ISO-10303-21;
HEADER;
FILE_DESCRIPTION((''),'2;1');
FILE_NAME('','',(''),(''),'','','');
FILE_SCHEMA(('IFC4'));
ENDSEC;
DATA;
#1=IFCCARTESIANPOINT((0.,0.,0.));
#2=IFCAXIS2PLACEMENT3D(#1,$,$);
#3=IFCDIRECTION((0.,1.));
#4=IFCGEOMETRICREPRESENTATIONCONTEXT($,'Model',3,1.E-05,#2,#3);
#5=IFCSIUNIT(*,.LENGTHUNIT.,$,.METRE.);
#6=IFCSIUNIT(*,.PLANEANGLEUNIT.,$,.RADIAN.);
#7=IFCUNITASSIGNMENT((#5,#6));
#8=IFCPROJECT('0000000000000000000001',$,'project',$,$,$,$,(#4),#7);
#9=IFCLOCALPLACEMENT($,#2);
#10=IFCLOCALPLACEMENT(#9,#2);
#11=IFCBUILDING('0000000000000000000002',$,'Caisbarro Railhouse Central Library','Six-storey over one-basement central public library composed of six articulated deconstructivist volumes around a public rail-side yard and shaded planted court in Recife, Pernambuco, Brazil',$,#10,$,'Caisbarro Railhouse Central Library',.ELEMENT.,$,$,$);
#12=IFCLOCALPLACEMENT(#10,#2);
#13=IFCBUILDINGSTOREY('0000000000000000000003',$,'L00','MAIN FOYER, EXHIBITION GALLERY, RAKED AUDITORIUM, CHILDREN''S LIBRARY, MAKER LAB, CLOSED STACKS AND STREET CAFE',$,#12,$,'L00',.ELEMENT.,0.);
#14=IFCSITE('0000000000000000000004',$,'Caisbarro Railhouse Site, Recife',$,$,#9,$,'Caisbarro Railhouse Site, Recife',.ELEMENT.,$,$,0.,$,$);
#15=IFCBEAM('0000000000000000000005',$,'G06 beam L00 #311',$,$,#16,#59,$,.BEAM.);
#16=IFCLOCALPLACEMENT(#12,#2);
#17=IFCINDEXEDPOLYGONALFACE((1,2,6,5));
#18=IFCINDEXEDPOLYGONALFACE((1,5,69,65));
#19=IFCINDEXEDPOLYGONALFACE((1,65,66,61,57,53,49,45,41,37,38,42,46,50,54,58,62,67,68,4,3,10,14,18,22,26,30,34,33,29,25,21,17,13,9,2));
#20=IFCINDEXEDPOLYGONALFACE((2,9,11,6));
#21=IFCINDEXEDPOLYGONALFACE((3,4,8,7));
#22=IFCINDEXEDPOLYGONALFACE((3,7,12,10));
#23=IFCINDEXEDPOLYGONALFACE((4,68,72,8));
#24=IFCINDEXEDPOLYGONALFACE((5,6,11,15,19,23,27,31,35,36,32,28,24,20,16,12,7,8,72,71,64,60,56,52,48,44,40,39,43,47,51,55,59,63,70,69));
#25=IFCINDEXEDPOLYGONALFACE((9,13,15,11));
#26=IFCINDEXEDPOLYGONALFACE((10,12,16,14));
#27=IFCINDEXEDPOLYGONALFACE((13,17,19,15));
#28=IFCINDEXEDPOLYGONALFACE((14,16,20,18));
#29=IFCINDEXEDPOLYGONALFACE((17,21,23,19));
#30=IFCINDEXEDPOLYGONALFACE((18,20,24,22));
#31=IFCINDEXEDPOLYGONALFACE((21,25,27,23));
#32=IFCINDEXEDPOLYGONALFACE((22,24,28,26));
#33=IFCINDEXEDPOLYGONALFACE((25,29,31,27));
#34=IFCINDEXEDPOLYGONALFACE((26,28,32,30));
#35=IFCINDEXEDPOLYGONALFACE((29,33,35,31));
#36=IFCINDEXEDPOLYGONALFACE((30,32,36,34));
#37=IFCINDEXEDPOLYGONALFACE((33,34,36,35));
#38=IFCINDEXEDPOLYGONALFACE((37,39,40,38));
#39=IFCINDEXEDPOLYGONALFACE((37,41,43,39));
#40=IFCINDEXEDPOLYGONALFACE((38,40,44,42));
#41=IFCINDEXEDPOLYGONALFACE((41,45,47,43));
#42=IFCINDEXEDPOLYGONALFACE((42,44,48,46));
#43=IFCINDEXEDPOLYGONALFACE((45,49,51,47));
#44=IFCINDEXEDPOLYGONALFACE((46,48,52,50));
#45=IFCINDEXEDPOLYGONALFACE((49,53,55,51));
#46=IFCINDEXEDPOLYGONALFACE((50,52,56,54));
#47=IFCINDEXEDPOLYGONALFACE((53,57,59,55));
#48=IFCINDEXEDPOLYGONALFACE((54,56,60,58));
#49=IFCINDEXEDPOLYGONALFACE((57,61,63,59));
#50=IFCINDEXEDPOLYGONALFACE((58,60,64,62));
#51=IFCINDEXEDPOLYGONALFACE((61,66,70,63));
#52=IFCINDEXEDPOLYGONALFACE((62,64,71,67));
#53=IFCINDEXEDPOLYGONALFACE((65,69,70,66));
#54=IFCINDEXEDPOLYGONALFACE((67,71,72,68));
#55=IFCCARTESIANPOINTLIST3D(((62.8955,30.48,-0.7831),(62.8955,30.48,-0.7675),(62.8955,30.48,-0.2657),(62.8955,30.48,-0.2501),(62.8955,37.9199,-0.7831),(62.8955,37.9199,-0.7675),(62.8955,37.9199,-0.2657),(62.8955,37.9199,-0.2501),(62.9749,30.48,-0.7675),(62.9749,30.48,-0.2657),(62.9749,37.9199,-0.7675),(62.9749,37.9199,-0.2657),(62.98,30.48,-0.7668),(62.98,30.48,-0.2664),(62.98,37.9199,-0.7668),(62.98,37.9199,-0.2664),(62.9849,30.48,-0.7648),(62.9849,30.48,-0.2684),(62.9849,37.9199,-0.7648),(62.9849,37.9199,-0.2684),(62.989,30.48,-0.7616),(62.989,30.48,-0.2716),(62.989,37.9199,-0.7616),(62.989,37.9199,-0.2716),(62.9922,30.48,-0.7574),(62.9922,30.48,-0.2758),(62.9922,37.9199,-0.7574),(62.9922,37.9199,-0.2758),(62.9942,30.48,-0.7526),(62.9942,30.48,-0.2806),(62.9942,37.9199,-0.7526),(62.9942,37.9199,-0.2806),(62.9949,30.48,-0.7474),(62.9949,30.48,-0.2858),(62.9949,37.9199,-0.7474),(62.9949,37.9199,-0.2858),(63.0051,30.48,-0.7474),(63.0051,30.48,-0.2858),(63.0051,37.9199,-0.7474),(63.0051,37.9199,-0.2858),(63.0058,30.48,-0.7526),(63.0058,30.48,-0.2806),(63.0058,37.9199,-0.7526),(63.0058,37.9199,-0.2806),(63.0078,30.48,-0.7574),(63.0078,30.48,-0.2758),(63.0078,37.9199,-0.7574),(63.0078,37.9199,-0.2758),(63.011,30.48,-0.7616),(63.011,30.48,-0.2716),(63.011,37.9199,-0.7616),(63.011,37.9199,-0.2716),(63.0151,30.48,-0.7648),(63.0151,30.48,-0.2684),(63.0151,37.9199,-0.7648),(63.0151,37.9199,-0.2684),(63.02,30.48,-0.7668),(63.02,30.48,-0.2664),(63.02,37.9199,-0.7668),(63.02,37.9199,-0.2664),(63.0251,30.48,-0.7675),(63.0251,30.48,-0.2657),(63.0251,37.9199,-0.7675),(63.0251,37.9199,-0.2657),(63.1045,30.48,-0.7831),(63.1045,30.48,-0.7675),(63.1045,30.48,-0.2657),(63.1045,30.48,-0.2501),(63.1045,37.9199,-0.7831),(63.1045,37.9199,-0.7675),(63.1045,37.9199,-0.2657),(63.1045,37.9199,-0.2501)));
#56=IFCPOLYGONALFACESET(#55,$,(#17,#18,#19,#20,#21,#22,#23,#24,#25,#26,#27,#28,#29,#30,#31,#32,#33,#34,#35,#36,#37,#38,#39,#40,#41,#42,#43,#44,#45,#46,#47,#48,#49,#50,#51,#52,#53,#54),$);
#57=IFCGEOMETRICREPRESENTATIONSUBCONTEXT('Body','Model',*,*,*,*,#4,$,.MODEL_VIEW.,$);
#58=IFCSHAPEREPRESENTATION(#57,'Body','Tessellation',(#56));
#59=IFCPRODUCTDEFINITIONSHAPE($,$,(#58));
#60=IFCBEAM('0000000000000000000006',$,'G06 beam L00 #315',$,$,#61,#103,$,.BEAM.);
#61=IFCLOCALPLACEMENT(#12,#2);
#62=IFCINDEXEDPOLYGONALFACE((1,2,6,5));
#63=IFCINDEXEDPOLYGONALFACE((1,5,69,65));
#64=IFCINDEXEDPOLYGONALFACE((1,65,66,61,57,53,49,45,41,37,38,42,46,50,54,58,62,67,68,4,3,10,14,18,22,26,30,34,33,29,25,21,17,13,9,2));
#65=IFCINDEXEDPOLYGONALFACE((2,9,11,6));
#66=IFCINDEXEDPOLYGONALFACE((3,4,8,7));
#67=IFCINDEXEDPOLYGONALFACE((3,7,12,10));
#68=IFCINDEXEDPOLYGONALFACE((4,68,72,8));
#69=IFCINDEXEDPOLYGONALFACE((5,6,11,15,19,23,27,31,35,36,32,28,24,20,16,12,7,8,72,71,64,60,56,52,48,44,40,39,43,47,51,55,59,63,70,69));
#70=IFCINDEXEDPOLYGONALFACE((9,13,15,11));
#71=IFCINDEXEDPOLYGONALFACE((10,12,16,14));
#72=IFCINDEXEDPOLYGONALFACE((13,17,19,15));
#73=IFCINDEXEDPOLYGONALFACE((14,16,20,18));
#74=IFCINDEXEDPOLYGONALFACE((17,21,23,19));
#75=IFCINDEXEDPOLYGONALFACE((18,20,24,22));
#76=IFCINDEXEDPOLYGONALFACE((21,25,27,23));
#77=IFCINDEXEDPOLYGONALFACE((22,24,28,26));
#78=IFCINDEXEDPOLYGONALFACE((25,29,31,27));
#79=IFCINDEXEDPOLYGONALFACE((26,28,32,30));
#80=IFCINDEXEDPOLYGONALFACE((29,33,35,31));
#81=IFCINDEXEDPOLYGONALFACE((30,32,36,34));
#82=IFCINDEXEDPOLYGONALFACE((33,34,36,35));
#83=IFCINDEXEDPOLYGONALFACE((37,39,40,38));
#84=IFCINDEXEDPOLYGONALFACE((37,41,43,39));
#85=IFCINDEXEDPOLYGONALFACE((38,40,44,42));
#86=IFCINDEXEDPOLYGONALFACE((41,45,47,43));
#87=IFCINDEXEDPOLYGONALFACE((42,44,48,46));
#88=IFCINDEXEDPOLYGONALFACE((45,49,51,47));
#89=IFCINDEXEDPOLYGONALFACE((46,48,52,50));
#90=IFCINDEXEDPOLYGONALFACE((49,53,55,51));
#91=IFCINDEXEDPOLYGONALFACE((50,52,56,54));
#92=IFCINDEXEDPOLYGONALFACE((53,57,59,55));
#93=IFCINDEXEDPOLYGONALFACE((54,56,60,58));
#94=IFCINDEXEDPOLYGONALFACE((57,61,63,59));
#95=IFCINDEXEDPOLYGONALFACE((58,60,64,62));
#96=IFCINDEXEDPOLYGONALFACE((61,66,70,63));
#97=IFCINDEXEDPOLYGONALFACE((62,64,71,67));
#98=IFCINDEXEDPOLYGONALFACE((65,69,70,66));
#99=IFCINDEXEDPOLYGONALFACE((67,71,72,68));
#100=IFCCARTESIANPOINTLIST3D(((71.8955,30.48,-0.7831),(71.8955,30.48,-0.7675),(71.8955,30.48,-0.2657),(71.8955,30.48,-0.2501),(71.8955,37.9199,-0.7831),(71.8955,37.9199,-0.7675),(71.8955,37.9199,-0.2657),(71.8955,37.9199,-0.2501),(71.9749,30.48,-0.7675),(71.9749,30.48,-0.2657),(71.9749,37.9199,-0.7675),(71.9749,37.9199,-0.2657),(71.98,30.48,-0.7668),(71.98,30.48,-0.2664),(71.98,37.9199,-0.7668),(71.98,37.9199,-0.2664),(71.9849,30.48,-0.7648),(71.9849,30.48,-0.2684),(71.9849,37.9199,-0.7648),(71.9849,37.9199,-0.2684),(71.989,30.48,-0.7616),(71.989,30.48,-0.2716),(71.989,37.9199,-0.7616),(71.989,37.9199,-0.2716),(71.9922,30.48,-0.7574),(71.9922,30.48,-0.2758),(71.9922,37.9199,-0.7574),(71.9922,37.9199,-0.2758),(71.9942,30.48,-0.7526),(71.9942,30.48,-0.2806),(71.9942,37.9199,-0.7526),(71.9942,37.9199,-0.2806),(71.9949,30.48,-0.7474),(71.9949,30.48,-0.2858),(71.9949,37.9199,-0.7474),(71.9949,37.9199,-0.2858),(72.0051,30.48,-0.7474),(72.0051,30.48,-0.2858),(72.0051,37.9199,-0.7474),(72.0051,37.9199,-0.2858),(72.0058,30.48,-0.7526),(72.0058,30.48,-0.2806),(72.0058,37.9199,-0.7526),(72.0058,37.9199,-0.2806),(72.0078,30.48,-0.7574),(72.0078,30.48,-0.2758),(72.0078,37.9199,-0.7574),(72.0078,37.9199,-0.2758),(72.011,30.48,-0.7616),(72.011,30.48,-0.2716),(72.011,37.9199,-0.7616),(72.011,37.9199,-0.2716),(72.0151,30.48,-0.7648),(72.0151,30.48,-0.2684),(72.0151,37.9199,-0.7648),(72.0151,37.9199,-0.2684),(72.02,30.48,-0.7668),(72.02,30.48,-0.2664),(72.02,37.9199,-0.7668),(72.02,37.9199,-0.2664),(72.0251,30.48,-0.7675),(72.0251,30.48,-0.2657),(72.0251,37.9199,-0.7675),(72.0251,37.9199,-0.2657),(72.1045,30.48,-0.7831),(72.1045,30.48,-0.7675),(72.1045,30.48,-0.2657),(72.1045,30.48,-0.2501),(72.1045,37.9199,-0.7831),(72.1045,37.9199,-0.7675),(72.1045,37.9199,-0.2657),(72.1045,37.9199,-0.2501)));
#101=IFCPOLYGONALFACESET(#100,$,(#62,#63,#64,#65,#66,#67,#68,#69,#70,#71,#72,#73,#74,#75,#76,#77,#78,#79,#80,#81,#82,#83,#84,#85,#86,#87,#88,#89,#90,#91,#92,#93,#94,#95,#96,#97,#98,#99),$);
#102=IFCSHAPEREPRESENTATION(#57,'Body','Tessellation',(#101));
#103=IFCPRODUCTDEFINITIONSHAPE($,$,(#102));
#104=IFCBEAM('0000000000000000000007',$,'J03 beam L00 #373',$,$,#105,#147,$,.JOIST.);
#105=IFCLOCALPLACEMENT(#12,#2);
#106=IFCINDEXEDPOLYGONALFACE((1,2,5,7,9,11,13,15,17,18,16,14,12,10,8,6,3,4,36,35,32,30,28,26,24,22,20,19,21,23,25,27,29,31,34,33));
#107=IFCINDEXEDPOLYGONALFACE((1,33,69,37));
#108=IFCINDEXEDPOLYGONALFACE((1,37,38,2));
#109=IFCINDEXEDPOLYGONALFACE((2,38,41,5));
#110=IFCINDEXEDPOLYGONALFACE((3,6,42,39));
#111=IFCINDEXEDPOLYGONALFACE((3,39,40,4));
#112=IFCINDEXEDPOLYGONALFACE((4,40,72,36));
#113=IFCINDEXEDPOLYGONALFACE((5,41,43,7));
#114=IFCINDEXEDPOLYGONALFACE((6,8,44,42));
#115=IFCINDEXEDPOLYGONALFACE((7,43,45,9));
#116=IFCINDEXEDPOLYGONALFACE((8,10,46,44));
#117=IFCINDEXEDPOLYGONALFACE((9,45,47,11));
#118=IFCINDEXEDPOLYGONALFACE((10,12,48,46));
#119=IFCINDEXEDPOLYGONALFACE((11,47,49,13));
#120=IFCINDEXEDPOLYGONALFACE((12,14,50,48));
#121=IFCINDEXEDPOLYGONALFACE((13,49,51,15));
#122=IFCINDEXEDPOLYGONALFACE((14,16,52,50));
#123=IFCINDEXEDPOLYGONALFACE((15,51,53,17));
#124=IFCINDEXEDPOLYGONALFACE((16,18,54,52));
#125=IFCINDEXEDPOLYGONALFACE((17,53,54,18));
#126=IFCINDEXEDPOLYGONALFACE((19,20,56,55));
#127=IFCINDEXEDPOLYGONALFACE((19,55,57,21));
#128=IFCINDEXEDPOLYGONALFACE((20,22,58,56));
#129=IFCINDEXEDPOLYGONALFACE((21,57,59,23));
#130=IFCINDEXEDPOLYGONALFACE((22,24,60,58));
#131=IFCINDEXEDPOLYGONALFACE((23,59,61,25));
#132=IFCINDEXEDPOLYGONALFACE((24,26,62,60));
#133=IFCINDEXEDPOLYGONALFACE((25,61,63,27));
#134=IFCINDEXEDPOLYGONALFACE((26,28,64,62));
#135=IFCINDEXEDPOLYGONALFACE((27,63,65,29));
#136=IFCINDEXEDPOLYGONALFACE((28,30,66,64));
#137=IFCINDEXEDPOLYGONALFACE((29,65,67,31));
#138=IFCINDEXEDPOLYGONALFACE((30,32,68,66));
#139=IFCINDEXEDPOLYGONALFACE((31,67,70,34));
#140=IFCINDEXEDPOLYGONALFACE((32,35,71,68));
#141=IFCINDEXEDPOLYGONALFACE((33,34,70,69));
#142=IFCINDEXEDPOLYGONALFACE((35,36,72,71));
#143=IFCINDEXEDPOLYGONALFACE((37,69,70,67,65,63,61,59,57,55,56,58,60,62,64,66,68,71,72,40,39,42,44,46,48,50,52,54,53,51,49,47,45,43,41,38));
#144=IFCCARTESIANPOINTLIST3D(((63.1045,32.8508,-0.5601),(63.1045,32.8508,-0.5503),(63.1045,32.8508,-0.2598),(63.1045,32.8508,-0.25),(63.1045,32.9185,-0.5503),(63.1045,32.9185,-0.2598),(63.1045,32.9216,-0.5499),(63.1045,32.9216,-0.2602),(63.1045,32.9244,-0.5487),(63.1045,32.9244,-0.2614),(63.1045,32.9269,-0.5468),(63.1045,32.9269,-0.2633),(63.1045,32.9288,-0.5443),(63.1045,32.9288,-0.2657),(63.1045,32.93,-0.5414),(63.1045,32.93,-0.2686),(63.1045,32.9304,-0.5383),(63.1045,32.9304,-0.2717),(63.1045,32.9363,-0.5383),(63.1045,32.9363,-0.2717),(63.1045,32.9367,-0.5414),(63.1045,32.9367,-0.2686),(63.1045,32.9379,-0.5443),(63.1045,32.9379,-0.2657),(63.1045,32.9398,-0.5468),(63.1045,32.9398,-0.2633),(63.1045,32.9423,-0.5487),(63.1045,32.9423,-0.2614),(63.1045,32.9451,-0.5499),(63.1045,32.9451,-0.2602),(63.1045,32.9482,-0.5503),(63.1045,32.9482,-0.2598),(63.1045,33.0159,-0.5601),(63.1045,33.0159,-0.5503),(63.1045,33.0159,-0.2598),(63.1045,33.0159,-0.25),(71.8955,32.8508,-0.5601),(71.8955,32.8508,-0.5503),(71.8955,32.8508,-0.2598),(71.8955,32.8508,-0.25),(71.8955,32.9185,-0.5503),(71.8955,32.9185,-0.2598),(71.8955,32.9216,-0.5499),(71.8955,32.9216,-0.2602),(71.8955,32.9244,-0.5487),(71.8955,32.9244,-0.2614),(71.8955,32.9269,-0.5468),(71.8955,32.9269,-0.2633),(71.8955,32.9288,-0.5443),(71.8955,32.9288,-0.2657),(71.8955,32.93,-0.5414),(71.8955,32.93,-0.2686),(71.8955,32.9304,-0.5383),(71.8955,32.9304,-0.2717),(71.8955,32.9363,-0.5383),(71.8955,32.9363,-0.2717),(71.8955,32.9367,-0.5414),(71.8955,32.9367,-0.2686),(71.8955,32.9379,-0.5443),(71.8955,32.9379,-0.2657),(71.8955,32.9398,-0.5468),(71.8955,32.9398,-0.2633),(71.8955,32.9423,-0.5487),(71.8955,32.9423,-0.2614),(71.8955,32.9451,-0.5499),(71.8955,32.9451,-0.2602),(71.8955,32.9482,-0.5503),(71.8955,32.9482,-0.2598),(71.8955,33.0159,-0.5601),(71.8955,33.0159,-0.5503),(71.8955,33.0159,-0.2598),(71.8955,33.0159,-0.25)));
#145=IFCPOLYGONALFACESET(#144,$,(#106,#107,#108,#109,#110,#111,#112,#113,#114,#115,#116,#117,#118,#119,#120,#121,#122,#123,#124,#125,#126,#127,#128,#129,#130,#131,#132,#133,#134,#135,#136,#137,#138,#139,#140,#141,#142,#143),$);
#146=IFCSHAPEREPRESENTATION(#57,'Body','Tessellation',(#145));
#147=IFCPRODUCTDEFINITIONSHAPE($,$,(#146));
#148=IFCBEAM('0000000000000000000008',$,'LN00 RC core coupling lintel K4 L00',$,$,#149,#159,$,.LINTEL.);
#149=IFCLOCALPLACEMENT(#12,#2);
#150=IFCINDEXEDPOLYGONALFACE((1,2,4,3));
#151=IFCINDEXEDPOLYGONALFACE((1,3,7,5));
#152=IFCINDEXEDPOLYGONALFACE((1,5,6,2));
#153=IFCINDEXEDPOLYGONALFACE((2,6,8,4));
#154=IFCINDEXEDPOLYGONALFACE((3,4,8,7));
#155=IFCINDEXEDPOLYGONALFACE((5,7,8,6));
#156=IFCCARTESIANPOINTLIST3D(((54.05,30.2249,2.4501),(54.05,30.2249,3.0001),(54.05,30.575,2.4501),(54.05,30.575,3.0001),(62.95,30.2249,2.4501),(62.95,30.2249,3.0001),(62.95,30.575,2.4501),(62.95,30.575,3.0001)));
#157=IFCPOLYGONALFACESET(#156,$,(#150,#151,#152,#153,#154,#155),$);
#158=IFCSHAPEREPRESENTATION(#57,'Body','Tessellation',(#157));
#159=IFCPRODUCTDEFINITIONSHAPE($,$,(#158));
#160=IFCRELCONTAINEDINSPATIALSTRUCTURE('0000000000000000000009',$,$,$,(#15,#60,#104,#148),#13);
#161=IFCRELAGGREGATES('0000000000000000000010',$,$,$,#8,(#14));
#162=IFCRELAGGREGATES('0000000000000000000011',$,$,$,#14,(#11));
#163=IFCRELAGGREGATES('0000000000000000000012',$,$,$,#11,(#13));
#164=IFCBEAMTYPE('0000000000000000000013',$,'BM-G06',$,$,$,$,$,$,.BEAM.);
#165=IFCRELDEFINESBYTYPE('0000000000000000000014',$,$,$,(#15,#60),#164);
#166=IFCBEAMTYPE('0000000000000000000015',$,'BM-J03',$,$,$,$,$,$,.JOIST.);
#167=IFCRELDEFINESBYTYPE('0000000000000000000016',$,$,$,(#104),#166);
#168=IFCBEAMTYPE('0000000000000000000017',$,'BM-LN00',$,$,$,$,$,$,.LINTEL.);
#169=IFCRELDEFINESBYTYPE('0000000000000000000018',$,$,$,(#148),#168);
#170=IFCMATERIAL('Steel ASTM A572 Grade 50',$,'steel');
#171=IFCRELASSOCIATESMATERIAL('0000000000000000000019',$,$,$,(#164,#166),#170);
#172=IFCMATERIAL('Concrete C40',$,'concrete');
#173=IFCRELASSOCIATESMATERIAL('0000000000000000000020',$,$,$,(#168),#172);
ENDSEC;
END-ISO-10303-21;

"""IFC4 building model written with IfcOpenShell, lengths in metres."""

from ifc_helpers import new_model, si_unit, direction, frame, origin, origin_2d, place, context, subcontext, project, spatial, rectangle, i_section, extrude, material, material_profile, profile_set, type_object, element, save


model = new_model("IFC4")

# Units and contexts
model_context = context("Model", 3, precision=1e-05, world=origin(), true_north=direction((0.0, 1.0)))
body_context = subcontext(model_context, "Body", "Model", "MODEL_VIEW")
ifc_project = project(units=[si_unit("LENGTHUNIT", "METRE"), si_unit("PLANEANGLEUNIT", "RADIAN")], contexts=[model_context])

# Site, building, storey
site_placement = place(None, origin())
site = spatial("IfcSite", under=ifc_project, at=site_placement, Name="Caisbarro Railhouse Site, Recife", LongName="Caisbarro Railhouse Site, Recife", CompositionType="ELEMENT", RefElevation=0.0)
building_placement = place(site_placement, origin())
building = spatial("IfcBuilding", under=site, at=building_placement, Name="Caisbarro Railhouse Central Library", Description="Six-storey over one-basement central public library composed of six articulated deconstructivist volumes around a public rail-side yard and shaded planted court in Recife, Pernambuco, Brazil", LongName="Caisbarro Railhouse Central Library", CompositionType="ELEMENT")
storey_placement = place(building_placement, origin())
storey = spatial("IfcBuildingStorey", under=building, at=storey_placement, Name="L00", Description="MAIN FOYER, EXHIBITION GALLERY, RAKED AUDITORIUM, CHILDREN'S LIBRARY, MAKER LAB, CLOSED STACKS AND STREET CAFE", LongName="L00", CompositionType="ELEMENT", Elevation=0.0)

# Shared definitions
ifc_material_1 = material(Name="Steel ASTM A572 Grade 50", Category="steel")

# Beams
ifc_material_profile_1 = material_profile(ifc_material_1, i_section(OverallWidth=0.209, OverallDepth=0.533, WebThickness=0.0103, FlangeThickness=0.0156, FilletRadius=0.02, at=origin_2d()), Name="W530X92.0")
ifc_profile_set_1 = profile_set([ifc_material_profile_1], Name="Steel ASTM A572 Grade 50")
beam_type_1 = type_object("IfcBeamType", Name="BM-G06", PredefinedType="BEAM", material=ifc_profile_set_1)
for number, where, z_axis, x_axis, name in (
    (1, (63.0, 30.48, -0.5166), (0.0, 1.0, 0.0), (-1.0, 0.0, 0.0), "G06 beam L00 #311"),
    (2, (72.0, 30.48, -0.5166), (0.0, 1.0, 0.0), (-1.0, 0.0, 0.0), "G06 beam L00 #315"),
):
    element("IfcBeam", number, at=place(storey_placement, frame(where, z_axis=z_axis, x_axis=x_axis)), inside=storey, type_object=beam_type_1, Name=name, PredefinedType="BEAM", context=body_context, shape_type="SweptSolid", body=[
        extrude(i_section(OverallWidth=0.209, OverallDepth=0.533, WebThickness=0.0103, FlangeThickness=0.0156, FilletRadius=0.02, at=origin_2d()), origin(), (0.0, 0.0, 1.0), 7.4399),
    ])
ifc_material_profile_2 = material_profile(ifc_material_1, i_section(OverallWidth=0.165, OverallDepth=0.3101, WebThickness=0.0059, FlangeThickness=0.0098, FilletRadius=0.012, at=origin_2d()), Name="W310X38.7")
ifc_profile_set_2 = profile_set([ifc_material_profile_2], Name="Steel ASTM A572 Grade 50")
beam_type_2 = type_object("IfcBeamType", Name="BM-J03", PredefinedType="JOIST", material=ifc_profile_set_2)
beam_1_placement = place(storey_placement, frame((63.1045, 32.9333, -0.405), z_axis=(1.0, 0.0, 0.0), x_axis=(0.0, 1.0, 0.0)))
element("IfcBeam", 3, at=beam_1_placement, inside=storey, type_object=beam_type_2, Name="J03 beam L00 #373", PredefinedType="JOIST", context=body_context, shape_type="SweptSolid", body=[
    extrude(i_section(OverallWidth=0.165, OverallDepth=0.3101, WebThickness=0.0059, FlangeThickness=0.0098, FilletRadius=0.012, at=origin_2d()), origin(), (0.0, 0.0, 1.0), 8.791),
])
ifc_material_2 = material(Name="Concrete C40", Category="concrete")
ifc_material_profile_3 = material_profile(ifc_material_2, rectangle(XDim=0.3501, YDim=0.55, at=origin_2d()), Name="RC-LIN-350X550")
ifc_profile_set_3 = profile_set([ifc_material_profile_3], Name="Concrete C40")
beam_type_3 = type_object("IfcBeamType", Name="BM-LN00", PredefinedType="LINTEL", material=ifc_profile_set_3)
beam_2_placement = place(storey_placement, frame((54.05, 30.3999, 2.7251), z_axis=(1.0, 0.0, 0.0), x_axis=(0.0, 1.0, 0.0)))
element("IfcBeam", 4, at=beam_2_placement, inside=storey, type_object=beam_type_3, Name="LN00 RC core coupling lintel K4 L00", PredefinedType="LINTEL", context=body_context, shape_type="SweptSolid", body=[
    extrude(rectangle(XDim=0.3501, YDim=0.55, at=origin_2d()), origin(), (0.0, 0.0, 1.0), 8.8999),
])

save(model, "model.ifc")
